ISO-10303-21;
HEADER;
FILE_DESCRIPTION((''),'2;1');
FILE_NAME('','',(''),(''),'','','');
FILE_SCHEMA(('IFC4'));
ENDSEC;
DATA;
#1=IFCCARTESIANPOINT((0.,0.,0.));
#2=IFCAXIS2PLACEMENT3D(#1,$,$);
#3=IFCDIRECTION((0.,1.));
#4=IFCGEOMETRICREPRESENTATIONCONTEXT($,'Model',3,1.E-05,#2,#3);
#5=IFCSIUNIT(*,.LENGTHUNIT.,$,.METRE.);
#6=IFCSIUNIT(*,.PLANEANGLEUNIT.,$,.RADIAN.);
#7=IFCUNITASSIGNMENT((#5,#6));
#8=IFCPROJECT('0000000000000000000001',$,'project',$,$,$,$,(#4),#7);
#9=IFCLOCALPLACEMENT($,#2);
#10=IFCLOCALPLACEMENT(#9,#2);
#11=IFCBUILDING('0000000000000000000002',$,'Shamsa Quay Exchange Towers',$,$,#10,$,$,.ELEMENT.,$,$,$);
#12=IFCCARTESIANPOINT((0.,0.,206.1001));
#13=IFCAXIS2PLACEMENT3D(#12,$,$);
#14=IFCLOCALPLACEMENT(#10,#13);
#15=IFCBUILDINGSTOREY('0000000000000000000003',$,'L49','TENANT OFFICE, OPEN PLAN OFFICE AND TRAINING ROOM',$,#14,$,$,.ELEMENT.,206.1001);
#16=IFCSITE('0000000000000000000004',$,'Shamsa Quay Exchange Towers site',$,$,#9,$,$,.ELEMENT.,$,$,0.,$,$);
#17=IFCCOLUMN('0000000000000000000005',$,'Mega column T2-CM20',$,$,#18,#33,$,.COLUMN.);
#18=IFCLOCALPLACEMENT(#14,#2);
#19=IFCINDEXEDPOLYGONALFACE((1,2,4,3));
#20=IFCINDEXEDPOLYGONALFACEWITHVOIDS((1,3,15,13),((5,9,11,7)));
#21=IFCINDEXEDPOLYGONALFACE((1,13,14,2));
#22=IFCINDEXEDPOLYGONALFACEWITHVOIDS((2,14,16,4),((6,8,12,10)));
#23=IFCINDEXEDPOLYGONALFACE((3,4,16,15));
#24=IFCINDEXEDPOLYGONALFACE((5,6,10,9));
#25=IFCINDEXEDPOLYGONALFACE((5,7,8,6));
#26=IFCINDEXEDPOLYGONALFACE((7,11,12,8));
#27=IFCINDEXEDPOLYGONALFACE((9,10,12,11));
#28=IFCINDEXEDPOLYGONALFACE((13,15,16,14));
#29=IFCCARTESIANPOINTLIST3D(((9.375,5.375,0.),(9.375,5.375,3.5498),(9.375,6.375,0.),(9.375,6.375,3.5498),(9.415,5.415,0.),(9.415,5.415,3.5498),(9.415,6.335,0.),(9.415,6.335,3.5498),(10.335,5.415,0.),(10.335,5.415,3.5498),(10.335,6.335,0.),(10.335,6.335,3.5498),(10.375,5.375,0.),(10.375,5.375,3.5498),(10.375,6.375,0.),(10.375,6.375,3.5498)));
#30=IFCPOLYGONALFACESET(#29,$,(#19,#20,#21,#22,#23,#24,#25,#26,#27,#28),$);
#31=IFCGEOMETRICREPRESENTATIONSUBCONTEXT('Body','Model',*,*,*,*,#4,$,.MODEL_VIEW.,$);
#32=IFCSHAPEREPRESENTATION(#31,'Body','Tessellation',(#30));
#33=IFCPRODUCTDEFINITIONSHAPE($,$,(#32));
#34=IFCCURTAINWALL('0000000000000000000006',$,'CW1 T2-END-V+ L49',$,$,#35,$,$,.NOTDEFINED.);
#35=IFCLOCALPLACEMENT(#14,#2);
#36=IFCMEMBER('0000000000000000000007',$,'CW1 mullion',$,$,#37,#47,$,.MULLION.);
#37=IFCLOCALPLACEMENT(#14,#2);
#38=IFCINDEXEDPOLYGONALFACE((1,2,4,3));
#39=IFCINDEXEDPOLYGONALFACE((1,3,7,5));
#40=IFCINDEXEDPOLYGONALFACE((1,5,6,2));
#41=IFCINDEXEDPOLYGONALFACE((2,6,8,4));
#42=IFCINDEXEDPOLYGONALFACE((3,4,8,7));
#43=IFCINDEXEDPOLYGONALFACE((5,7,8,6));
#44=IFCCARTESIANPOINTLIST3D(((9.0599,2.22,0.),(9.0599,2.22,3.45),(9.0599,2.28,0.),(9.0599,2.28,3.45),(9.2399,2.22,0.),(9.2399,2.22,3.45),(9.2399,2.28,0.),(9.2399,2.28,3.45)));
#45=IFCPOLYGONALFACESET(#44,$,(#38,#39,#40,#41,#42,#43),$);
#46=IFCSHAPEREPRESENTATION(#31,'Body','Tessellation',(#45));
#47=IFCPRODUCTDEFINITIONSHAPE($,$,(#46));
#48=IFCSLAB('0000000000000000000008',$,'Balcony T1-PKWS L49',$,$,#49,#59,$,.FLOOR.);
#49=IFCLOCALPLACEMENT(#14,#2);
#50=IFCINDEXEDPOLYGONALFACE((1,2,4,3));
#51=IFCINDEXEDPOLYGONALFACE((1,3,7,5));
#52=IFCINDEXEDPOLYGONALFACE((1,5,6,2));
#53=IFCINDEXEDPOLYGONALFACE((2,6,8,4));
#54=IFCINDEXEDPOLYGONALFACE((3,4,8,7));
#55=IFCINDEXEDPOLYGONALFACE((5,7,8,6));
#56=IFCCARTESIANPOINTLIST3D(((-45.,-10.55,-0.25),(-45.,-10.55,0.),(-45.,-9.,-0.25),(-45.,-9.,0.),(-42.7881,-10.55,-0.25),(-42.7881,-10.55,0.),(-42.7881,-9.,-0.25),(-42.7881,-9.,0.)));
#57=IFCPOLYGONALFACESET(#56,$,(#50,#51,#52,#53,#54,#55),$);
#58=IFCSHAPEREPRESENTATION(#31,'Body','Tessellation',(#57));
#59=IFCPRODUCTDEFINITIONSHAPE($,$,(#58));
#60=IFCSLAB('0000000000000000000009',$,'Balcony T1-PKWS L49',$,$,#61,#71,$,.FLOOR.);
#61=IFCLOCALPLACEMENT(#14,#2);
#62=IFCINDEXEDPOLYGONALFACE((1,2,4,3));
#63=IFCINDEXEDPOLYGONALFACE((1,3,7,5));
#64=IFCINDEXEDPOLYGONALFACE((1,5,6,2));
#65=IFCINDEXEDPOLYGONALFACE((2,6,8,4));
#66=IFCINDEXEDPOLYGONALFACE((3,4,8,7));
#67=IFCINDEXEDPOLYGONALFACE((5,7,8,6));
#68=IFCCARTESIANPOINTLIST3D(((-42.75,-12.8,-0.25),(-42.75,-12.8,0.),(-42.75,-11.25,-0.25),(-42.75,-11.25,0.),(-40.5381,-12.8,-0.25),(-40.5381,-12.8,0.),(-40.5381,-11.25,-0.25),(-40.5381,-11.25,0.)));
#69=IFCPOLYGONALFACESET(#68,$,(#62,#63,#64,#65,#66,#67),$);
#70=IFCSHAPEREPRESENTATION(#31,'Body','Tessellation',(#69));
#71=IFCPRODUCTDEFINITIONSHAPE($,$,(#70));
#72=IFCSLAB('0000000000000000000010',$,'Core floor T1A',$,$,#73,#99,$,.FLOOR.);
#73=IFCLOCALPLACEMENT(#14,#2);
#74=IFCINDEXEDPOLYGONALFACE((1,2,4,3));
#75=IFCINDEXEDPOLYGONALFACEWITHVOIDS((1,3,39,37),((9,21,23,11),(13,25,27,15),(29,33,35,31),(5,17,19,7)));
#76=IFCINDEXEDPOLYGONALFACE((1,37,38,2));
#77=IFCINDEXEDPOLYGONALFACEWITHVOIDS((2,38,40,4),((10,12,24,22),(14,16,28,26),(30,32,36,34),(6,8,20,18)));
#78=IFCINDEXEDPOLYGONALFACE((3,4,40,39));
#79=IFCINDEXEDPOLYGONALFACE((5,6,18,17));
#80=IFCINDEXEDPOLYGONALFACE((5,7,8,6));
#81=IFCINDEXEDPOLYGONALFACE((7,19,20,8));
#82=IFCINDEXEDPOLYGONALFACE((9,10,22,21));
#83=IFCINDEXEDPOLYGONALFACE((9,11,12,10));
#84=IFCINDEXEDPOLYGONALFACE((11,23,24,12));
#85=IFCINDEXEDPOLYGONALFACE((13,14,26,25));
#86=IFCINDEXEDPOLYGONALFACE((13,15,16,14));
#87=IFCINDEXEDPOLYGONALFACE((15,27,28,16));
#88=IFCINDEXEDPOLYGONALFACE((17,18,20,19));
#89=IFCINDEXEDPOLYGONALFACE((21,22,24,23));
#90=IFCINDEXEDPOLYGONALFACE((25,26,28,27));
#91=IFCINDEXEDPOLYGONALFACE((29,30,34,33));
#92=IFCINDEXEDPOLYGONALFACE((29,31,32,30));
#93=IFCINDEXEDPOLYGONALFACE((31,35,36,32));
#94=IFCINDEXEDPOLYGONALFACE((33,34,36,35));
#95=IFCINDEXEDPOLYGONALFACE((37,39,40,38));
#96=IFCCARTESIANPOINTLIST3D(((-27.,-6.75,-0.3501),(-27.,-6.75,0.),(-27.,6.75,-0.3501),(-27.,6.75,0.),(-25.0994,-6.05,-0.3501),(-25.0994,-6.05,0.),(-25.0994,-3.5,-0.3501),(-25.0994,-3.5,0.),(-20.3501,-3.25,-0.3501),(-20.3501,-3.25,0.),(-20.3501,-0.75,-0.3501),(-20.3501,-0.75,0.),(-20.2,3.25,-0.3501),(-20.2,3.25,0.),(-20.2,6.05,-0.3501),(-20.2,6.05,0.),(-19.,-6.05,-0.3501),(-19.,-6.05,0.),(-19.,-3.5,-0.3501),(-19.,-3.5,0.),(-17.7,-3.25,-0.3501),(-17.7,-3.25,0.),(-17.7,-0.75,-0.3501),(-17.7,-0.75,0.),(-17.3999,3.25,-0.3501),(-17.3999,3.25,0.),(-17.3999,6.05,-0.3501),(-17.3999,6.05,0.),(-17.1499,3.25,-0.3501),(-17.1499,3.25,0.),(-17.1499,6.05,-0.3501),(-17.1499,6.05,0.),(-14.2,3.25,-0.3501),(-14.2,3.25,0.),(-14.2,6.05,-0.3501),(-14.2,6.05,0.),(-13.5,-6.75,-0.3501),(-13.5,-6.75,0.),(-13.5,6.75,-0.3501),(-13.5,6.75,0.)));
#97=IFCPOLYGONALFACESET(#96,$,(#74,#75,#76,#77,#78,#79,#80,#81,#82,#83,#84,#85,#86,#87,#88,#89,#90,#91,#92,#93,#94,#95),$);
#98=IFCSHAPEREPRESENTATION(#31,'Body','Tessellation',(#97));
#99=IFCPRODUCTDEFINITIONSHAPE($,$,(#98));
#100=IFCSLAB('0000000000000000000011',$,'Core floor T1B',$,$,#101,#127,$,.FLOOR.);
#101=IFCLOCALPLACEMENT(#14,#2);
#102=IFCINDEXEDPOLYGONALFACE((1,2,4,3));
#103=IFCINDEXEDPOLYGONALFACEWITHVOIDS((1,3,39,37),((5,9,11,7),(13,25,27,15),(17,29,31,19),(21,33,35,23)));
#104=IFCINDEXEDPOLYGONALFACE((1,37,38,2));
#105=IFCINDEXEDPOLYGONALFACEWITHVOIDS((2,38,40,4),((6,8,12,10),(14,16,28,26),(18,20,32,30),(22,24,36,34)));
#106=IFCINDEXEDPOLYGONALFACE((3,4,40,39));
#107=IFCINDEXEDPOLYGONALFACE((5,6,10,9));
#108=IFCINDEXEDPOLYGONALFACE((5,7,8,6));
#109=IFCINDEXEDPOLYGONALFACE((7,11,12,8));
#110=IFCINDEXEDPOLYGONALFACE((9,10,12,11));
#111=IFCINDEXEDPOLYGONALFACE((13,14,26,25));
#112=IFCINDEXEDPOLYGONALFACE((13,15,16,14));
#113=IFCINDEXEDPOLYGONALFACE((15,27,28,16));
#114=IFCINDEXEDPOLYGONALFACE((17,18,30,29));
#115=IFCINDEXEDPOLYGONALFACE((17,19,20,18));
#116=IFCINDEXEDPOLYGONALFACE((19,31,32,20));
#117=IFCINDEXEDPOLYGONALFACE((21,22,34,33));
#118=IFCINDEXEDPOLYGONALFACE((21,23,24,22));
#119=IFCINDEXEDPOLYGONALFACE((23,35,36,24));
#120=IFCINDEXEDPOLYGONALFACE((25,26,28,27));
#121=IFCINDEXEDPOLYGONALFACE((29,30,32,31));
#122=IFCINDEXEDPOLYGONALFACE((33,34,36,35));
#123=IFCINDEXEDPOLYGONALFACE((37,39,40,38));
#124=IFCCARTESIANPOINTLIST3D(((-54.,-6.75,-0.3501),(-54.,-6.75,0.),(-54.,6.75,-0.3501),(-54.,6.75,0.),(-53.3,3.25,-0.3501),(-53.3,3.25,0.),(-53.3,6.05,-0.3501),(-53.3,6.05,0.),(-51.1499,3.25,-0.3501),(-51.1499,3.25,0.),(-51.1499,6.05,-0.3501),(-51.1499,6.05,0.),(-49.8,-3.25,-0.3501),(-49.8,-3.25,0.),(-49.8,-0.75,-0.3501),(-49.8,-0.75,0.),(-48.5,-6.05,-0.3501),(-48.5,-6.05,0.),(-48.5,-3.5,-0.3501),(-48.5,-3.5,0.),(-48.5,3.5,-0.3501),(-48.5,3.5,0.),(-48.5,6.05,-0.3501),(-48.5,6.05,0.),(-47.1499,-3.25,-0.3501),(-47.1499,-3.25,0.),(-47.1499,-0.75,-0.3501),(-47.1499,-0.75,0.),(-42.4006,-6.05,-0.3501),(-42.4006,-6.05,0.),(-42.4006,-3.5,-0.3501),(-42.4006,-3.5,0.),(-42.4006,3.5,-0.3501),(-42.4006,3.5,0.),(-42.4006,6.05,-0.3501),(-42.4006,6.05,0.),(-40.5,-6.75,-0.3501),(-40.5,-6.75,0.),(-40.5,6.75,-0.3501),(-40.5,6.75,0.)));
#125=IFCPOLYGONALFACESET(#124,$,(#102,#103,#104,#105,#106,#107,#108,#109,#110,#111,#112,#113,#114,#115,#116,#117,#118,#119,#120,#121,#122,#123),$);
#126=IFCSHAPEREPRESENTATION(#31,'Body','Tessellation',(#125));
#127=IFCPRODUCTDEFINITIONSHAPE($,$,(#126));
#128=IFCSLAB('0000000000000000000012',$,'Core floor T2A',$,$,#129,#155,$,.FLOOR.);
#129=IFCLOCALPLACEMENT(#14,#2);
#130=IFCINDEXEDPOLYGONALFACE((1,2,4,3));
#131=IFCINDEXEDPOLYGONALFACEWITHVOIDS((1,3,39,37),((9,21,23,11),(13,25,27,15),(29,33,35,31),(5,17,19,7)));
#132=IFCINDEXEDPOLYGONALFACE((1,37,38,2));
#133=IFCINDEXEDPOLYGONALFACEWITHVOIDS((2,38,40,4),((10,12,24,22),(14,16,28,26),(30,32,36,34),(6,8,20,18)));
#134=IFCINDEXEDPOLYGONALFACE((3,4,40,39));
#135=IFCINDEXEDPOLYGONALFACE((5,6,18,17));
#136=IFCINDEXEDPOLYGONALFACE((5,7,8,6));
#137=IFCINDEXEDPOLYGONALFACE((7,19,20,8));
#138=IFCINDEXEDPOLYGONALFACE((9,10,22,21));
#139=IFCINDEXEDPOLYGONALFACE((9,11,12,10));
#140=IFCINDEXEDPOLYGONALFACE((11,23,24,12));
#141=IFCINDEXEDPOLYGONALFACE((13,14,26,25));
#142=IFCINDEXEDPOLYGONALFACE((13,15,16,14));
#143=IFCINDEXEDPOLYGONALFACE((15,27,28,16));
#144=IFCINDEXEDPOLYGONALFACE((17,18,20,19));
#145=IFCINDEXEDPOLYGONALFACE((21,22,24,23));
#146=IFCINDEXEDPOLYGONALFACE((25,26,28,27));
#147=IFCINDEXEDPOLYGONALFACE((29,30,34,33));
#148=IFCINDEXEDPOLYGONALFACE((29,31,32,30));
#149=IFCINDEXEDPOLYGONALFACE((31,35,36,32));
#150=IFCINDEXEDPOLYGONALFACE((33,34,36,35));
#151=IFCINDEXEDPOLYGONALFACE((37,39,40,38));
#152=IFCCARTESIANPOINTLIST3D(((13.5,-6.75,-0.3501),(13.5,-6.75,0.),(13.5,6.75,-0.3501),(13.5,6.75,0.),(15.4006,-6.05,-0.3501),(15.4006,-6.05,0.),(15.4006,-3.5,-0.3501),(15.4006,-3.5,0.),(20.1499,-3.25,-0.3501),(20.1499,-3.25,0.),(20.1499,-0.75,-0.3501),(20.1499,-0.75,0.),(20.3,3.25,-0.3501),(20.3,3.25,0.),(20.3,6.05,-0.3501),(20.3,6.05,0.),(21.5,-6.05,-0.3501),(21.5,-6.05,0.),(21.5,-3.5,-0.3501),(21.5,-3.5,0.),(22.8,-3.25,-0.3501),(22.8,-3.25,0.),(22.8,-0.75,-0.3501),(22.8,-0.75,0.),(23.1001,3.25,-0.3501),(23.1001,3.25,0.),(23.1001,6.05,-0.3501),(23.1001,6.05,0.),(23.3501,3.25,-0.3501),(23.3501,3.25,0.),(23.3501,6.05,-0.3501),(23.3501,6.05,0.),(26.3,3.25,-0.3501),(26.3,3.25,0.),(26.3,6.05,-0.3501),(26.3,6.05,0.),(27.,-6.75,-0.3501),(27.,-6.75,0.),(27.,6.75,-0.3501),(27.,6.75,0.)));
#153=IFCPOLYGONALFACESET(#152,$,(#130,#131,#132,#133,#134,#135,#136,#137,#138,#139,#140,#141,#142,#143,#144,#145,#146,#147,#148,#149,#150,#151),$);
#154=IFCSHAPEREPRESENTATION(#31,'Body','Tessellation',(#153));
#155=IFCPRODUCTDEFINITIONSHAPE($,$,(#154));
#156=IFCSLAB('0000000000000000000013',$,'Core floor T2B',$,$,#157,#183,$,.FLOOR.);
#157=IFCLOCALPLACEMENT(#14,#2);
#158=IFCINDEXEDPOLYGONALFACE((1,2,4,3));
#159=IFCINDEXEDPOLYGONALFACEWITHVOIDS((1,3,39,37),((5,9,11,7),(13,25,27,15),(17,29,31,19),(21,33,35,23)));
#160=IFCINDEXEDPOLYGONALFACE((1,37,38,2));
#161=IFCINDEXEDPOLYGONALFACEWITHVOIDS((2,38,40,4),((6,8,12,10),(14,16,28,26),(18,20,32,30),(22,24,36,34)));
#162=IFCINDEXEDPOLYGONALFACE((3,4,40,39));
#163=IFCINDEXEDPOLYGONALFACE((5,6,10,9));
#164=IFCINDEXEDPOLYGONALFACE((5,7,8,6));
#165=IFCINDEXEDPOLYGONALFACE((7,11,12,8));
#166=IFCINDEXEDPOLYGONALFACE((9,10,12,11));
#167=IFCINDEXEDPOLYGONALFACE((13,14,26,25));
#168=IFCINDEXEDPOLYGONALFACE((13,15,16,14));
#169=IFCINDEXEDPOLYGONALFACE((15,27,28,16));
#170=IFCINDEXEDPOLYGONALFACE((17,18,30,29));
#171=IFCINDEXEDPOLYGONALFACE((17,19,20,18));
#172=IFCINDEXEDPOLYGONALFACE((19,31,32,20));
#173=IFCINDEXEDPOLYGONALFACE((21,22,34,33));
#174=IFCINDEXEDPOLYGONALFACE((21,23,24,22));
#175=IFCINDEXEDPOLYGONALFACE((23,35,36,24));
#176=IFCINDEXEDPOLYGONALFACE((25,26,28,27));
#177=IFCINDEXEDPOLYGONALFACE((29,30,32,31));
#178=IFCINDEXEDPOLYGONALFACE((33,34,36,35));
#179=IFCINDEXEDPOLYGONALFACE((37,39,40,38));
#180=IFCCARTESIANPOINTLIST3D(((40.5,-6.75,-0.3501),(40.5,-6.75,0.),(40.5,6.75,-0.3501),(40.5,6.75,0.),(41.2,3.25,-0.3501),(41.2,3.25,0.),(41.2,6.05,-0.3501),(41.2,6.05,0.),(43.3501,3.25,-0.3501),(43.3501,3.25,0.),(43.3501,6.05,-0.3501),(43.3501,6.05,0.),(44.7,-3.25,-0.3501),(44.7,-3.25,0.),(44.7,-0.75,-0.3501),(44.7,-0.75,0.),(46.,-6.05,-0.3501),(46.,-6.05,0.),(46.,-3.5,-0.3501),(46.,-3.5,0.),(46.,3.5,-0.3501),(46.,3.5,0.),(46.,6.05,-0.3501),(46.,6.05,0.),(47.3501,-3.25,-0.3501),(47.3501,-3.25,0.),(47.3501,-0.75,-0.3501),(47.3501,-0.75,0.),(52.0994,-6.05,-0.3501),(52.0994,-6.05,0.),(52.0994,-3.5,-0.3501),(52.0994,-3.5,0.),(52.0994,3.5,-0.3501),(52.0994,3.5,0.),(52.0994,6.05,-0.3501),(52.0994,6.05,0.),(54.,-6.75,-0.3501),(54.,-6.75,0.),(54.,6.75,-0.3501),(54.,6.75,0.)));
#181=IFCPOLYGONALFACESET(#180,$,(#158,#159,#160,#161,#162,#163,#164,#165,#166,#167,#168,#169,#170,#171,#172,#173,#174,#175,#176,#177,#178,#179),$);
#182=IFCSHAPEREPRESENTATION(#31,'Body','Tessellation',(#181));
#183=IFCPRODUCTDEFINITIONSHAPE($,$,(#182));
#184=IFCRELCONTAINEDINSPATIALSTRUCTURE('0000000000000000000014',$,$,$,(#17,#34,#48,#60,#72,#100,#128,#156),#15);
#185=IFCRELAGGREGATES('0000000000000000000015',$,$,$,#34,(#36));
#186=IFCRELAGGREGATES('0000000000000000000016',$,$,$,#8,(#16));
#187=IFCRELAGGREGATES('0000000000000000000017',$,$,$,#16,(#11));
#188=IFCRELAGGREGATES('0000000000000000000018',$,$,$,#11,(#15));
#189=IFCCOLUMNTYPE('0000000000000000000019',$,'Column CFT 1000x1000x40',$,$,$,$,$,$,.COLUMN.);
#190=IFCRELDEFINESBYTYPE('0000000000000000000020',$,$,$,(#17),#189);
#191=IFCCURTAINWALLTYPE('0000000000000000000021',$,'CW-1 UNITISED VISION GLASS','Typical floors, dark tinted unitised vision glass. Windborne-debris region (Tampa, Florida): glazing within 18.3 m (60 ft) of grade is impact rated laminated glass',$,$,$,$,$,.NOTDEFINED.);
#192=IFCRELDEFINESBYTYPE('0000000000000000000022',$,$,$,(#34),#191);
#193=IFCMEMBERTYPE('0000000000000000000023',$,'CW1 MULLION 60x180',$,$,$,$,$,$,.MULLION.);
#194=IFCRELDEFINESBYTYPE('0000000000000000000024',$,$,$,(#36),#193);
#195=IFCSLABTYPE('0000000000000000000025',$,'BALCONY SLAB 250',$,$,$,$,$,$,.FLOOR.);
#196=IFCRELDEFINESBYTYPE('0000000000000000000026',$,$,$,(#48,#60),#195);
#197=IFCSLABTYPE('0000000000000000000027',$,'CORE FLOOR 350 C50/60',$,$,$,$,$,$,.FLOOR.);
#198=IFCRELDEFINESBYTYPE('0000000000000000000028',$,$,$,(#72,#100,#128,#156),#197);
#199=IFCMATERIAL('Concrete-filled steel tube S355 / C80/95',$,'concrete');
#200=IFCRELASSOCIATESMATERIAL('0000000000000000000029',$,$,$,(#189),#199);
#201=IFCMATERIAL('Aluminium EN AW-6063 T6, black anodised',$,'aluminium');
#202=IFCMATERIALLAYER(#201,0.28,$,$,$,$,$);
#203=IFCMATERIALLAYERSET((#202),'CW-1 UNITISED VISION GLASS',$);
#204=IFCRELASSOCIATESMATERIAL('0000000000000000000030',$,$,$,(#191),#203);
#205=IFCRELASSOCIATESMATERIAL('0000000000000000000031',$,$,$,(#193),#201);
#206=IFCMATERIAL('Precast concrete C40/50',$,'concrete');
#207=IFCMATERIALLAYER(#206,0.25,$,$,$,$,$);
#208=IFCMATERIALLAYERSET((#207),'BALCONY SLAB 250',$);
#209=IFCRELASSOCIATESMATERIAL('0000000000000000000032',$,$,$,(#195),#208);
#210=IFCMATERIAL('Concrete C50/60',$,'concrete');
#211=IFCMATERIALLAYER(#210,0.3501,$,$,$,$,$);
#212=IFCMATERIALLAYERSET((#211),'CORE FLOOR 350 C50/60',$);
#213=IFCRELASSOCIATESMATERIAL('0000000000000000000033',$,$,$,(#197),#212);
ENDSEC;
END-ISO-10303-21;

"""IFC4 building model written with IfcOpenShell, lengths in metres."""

from ifc_helpers import new_model, si_unit, direction, frame, origin, origin_2d, place, context, subcontext, project, spatial, polyline, rectangle, hollow_rectangle, outline, extrude, material, layer, layer_set, material_profile, profile_set, type_object, element, aggregate, save


model = new_model("IFC4")

# Units and contexts
model_context = context("Model", 3, precision=1e-05, world=origin(), true_north=direction((0.0, 1.0)))
body_context = subcontext(model_context, "Body", "Model", "MODEL_VIEW")
ifc_project = project(units=[si_unit("LENGTHUNIT", "METRE"), si_unit("PLANEANGLEUNIT", "RADIAN")], contexts=[model_context])

# Site, building, storey
site_placement = place(None, origin())
site = spatial("IfcSite", under=ifc_project, at=site_placement, Name="Shamsa Quay Exchange Towers site", CompositionType="ELEMENT", RefElevation=0.0)
building_placement = place(site_placement, origin())
building = spatial("IfcBuilding", under=site, at=building_placement, Name="Shamsa Quay Exchange Towers", CompositionType="ELEMENT")
storey_placement = place(building_placement, frame((0.0, 0.0, 206.1001)))
storey = spatial("IfcBuildingStorey", under=building, at=storey_placement, Name="L49", Description="TENANT OFFICE, OPEN PLAN OFFICE AND TRAINING ROOM", CompositionType="ELEMENT", Elevation=206.1001)

# Column
ifc_material_1 = material(Name="Concrete-filled steel tube S355 / C80/95", Category="concrete")
ifc_material_profile_1 = material_profile(ifc_material_1, hollow_rectangle(XDim=1.0, YDim=1.0, WallThickness=0.04, at=origin_2d()), Name="CFT 1000x1000x40")
ifc_profile_set_1 = profile_set([ifc_material_profile_1], Name="Concrete-filled steel tube S355 / C80/95")
column_type = type_object("IfcColumnType", Name="Column CFT 1000x1000x40", PredefinedType="COLUMN", material=ifc_profile_set_1)
column_placement = place(storey_placement, frame((9.875, 5.875, 0.0)))
element("IfcColumn", 1, at=column_placement, inside=storey, type_object=column_type, Name="Mega column T2-CM20", PredefinedType="COLUMN", context=body_context, shape_type="SweptSolid", body=[
    extrude(hollow_rectangle(XDim=1.0, YDim=1.0, WallThickness=0.04, at=origin_2d()), origin(), (0.0, 0.0, 1.0), 3.5498),
])

# Curtain wall, member
ifc_material_2 = material(Name="Aluminium EN AW-6063 T6, black anodised", Category="aluminium")
ifc_layer_1 = layer(ifc_material_2, 0.28)
ifc_layer_set_1 = layer_set([ifc_layer_1], Name="CW-1 UNITISED VISION GLASS")
curtain_wall_type = type_object("IfcCurtainWallType", Name="CW-1 UNITISED VISION GLASS", Description="Typical floors, dark tinted unitised vision glass. Windborne-debris region (Tampa, Florida): glazing within 18.3 m (60 ft) of grade is impact rated laminated glass", PredefinedType="NOTDEFINED", material=ifc_layer_set_1)
curtain_wall_1_placement = place(storey_placement, origin())
curtain_wall_1 = element("IfcCurtainWall", 2, at=curtain_wall_1_placement, inside=storey, type_object=curtain_wall_type, Name="CW1 T2-END-V+ L49", PredefinedType="NOTDEFINED")
ifc_material_profile_2 = material_profile(ifc_material_2, rectangle(XDim=0.1799, YDim=0.0601, at=origin_2d()), Name="MU60x180")
ifc_profile_set_2 = profile_set([ifc_material_profile_2], Name="Aluminium EN AW-6063 T6, black anodised")
member_type = type_object("IfcMemberType", Name="CW1 MULLION 60x180", PredefinedType="MULLION", material=ifc_profile_set_2)
member_placement = place(storey_placement, frame((9.1499, 2.25, 0.0)))
member = element("IfcMember", 3, at=member_placement, type_object=member_type, Name="CW1 mullion", PredefinedType="MULLION", context=body_context, shape_type="SweptSolid", body=[
    extrude(rectangle(XDim=0.1799, YDim=0.0601, at=origin_2d()), origin(), (0.0, 0.0, 1.0), 3.45),
])

# Slabs
ifc_material_3 = material(Name="Precast concrete C40/50", Category="concrete")
ifc_layer_2 = layer(ifc_material_3, 0.25)
ifc_layer_set_2 = layer_set([ifc_layer_2], Name="BALCONY SLAB 250")
slab_type_1 = type_object("IfcSlabType", Name="BALCONY SLAB 250", PredefinedType="FLOOR", material=ifc_layer_set_2)
slab_1_placement = place(storey_placement, frame((0.0, 0.0, -0.25)))
element("IfcSlab", 4, at=slab_1_placement, inside=storey, type_object=slab_type_1, Name="Balcony T1-PKWS L49", PredefinedType="FLOOR", context=body_context, shape_type="SweptSolid", body=[
    extrude(outline(polyline([(-45.0, -9.0), (-42.7881, -9.0), (-42.7881, -10.55), (-45.0, -10.55), (-45.0, -9.0)])), origin(), (0.0, 0.0, 1.0), 0.25),
])
slab_2_placement = place(storey_placement, frame((0.0, 0.0, -0.25)))
element("IfcSlab", 5, at=slab_2_placement, inside=storey, type_object=slab_type_1, Name="Balcony T1-PKWS L49", PredefinedType="FLOOR", context=body_context, shape_type="SweptSolid", body=[
    extrude(outline(polyline([(-42.75, -11.25), (-40.5381, -11.25), (-40.5381, -12.8), (-42.75, -12.8), (-42.75, -11.25)])), origin(), (0.0, 0.0, 1.0), 0.25),
])
ifc_material_4 = material(Name="Concrete C50/60", Category="concrete")
ifc_layer_3 = layer(ifc_material_4, 0.3501)
ifc_layer_set_3 = layer_set([ifc_layer_3], Name="CORE FLOOR 350 C50/60")
slab_type_2 = type_object("IfcSlabType", Name="CORE FLOOR 350 C50/60", PredefinedType="FLOOR", material=ifc_layer_set_3)
slab_3_placement = place(storey_placement, frame((0.0, 0.0, -0.3501)))
element("IfcSlab", 6, at=slab_3_placement, inside=storey, type_object=slab_type_2, Name="Core floor T1A", PredefinedType="FLOOR", context=body_context, shape_type="SweptSolid", body=[
    extrude(outline(polyline([(-27.0, -6.75), (-13.5, -6.75), (-13.5, 6.75), (-27.0, 6.75), (-27.0, -6.75)]), holes=[polyline([(-25.0994, -6.05), (-25.0994, -3.5), (-19.0, -3.5), (-19.0, -6.05), (-25.0994, -6.05)]), polyline([(-20.2, 3.25), (-20.2, 6.05), (-17.3999, 6.05), (-17.3999, 3.25), (-20.2, 3.25)]), polyline([(-17.1499, 3.25), (-17.1499, 6.05), (-14.2, 6.05), (-14.2, 3.25), (-17.1499, 3.25)]), polyline([(-20.3501, -3.25), (-20.3501, -0.75), (-17.7, -0.75), (-17.7, -3.25), (-20.3501, -3.25)])]), origin(), (0.0, 0.0, 1.0), 0.3501),
])
slab_4_placement = place(storey_placement, frame((0.0, 0.0, -0.3501)))
element("IfcSlab", 7, at=slab_4_placement, inside=storey, type_object=slab_type_2, Name="Core floor T1B", PredefinedType="FLOOR", context=body_context, shape_type="SweptSolid", body=[
    extrude(outline(polyline([(-40.5, -6.75), (-40.5, 6.75), (-54.0, 6.75), (-54.0, -6.75), (-40.5, -6.75)]), holes=[polyline([(-42.4006, -3.5), (-42.4006, -6.05), (-48.5, -6.05), (-48.5, -3.5), (-42.4006, -3.5)]), polyline([(-42.4006, 6.05), (-42.4006, 3.5), (-48.5, 3.5), (-48.5, 6.05), (-42.4006, 6.05)]), polyline([(-51.1499, 3.25), (-53.3, 3.25), (-53.3, 6.05), (-51.1499, 6.05), (-51.1499, 3.25)]), polyline([(-47.1499, -3.25), (-49.8, -3.25), (-49.8, -0.75), (-47.1499, -0.75), (-47.1499, -3.25)])]), origin(), (0.0, 0.0, 1.0), 0.3501),
])
slab_5_placement = place(storey_placement, frame((0.0, 0.0, -0.3501)))
element("IfcSlab", 8, at=slab_5_placement, inside=storey, type_object=slab_type_2, Name="Core floor T2A", PredefinedType="FLOOR", context=body_context, shape_type="SweptSolid", body=[
    extrude(outline(polyline([(13.5, -6.75), (27.0, -6.75), (27.0, 6.75), (13.5, 6.75), (13.5, -6.75)]), holes=[polyline([(15.4006, -6.05), (15.4006, -3.5), (21.5, -3.5), (21.5, -6.05), (15.4006, -6.05)]), polyline([(20.3, 3.25), (20.3, 6.05), (23.1001, 6.05), (23.1001, 3.25), (20.3, 3.25)]), polyline([(23.3501, 3.25), (23.3501, 6.05), (26.3, 6.05), (26.3, 3.25), (23.3501, 3.25)]), polyline([(20.1499, -3.25), (20.1499, -0.75), (22.8, -0.75), (22.8, -3.25), (20.1499, -3.25)])]), origin(), (0.0, 0.0, 1.0), 0.3501),
])
slab_6_placement = place(storey_placement, frame((0.0, 0.0, -0.3501)))
element("IfcSlab", 9, at=slab_6_placement, inside=storey, type_object=slab_type_2, Name="Core floor T2B", PredefinedType="FLOOR", context=body_context, shape_type="SweptSolid", body=[
    extrude(outline(polyline([(54.0, -6.75), (54.0, 6.75), (40.5, 6.75), (40.5, -6.75), (54.0, -6.75)]), holes=[polyline([(52.0994, -3.5), (52.0994, -6.05), (46.0, -6.05), (46.0, -3.5), (52.0994, -3.5)]), polyline([(52.0994, 6.05), (52.0994, 3.5), (46.0, 3.5), (46.0, 6.05), (52.0994, 6.05)]), polyline([(43.3501, 3.25), (41.2, 3.25), (41.2, 6.05), (43.3501, 6.05), (43.3501, 3.25)]), polyline([(47.3501, -3.25), (44.7, -3.25), (44.7, -0.75), (47.3501, -0.75), (47.3501, -3.25)])]), origin(), (0.0, 0.0, 1.0), 0.3501),
])

aggregate(curtain_wall_1, [member])

save(model, "model.ifc")
